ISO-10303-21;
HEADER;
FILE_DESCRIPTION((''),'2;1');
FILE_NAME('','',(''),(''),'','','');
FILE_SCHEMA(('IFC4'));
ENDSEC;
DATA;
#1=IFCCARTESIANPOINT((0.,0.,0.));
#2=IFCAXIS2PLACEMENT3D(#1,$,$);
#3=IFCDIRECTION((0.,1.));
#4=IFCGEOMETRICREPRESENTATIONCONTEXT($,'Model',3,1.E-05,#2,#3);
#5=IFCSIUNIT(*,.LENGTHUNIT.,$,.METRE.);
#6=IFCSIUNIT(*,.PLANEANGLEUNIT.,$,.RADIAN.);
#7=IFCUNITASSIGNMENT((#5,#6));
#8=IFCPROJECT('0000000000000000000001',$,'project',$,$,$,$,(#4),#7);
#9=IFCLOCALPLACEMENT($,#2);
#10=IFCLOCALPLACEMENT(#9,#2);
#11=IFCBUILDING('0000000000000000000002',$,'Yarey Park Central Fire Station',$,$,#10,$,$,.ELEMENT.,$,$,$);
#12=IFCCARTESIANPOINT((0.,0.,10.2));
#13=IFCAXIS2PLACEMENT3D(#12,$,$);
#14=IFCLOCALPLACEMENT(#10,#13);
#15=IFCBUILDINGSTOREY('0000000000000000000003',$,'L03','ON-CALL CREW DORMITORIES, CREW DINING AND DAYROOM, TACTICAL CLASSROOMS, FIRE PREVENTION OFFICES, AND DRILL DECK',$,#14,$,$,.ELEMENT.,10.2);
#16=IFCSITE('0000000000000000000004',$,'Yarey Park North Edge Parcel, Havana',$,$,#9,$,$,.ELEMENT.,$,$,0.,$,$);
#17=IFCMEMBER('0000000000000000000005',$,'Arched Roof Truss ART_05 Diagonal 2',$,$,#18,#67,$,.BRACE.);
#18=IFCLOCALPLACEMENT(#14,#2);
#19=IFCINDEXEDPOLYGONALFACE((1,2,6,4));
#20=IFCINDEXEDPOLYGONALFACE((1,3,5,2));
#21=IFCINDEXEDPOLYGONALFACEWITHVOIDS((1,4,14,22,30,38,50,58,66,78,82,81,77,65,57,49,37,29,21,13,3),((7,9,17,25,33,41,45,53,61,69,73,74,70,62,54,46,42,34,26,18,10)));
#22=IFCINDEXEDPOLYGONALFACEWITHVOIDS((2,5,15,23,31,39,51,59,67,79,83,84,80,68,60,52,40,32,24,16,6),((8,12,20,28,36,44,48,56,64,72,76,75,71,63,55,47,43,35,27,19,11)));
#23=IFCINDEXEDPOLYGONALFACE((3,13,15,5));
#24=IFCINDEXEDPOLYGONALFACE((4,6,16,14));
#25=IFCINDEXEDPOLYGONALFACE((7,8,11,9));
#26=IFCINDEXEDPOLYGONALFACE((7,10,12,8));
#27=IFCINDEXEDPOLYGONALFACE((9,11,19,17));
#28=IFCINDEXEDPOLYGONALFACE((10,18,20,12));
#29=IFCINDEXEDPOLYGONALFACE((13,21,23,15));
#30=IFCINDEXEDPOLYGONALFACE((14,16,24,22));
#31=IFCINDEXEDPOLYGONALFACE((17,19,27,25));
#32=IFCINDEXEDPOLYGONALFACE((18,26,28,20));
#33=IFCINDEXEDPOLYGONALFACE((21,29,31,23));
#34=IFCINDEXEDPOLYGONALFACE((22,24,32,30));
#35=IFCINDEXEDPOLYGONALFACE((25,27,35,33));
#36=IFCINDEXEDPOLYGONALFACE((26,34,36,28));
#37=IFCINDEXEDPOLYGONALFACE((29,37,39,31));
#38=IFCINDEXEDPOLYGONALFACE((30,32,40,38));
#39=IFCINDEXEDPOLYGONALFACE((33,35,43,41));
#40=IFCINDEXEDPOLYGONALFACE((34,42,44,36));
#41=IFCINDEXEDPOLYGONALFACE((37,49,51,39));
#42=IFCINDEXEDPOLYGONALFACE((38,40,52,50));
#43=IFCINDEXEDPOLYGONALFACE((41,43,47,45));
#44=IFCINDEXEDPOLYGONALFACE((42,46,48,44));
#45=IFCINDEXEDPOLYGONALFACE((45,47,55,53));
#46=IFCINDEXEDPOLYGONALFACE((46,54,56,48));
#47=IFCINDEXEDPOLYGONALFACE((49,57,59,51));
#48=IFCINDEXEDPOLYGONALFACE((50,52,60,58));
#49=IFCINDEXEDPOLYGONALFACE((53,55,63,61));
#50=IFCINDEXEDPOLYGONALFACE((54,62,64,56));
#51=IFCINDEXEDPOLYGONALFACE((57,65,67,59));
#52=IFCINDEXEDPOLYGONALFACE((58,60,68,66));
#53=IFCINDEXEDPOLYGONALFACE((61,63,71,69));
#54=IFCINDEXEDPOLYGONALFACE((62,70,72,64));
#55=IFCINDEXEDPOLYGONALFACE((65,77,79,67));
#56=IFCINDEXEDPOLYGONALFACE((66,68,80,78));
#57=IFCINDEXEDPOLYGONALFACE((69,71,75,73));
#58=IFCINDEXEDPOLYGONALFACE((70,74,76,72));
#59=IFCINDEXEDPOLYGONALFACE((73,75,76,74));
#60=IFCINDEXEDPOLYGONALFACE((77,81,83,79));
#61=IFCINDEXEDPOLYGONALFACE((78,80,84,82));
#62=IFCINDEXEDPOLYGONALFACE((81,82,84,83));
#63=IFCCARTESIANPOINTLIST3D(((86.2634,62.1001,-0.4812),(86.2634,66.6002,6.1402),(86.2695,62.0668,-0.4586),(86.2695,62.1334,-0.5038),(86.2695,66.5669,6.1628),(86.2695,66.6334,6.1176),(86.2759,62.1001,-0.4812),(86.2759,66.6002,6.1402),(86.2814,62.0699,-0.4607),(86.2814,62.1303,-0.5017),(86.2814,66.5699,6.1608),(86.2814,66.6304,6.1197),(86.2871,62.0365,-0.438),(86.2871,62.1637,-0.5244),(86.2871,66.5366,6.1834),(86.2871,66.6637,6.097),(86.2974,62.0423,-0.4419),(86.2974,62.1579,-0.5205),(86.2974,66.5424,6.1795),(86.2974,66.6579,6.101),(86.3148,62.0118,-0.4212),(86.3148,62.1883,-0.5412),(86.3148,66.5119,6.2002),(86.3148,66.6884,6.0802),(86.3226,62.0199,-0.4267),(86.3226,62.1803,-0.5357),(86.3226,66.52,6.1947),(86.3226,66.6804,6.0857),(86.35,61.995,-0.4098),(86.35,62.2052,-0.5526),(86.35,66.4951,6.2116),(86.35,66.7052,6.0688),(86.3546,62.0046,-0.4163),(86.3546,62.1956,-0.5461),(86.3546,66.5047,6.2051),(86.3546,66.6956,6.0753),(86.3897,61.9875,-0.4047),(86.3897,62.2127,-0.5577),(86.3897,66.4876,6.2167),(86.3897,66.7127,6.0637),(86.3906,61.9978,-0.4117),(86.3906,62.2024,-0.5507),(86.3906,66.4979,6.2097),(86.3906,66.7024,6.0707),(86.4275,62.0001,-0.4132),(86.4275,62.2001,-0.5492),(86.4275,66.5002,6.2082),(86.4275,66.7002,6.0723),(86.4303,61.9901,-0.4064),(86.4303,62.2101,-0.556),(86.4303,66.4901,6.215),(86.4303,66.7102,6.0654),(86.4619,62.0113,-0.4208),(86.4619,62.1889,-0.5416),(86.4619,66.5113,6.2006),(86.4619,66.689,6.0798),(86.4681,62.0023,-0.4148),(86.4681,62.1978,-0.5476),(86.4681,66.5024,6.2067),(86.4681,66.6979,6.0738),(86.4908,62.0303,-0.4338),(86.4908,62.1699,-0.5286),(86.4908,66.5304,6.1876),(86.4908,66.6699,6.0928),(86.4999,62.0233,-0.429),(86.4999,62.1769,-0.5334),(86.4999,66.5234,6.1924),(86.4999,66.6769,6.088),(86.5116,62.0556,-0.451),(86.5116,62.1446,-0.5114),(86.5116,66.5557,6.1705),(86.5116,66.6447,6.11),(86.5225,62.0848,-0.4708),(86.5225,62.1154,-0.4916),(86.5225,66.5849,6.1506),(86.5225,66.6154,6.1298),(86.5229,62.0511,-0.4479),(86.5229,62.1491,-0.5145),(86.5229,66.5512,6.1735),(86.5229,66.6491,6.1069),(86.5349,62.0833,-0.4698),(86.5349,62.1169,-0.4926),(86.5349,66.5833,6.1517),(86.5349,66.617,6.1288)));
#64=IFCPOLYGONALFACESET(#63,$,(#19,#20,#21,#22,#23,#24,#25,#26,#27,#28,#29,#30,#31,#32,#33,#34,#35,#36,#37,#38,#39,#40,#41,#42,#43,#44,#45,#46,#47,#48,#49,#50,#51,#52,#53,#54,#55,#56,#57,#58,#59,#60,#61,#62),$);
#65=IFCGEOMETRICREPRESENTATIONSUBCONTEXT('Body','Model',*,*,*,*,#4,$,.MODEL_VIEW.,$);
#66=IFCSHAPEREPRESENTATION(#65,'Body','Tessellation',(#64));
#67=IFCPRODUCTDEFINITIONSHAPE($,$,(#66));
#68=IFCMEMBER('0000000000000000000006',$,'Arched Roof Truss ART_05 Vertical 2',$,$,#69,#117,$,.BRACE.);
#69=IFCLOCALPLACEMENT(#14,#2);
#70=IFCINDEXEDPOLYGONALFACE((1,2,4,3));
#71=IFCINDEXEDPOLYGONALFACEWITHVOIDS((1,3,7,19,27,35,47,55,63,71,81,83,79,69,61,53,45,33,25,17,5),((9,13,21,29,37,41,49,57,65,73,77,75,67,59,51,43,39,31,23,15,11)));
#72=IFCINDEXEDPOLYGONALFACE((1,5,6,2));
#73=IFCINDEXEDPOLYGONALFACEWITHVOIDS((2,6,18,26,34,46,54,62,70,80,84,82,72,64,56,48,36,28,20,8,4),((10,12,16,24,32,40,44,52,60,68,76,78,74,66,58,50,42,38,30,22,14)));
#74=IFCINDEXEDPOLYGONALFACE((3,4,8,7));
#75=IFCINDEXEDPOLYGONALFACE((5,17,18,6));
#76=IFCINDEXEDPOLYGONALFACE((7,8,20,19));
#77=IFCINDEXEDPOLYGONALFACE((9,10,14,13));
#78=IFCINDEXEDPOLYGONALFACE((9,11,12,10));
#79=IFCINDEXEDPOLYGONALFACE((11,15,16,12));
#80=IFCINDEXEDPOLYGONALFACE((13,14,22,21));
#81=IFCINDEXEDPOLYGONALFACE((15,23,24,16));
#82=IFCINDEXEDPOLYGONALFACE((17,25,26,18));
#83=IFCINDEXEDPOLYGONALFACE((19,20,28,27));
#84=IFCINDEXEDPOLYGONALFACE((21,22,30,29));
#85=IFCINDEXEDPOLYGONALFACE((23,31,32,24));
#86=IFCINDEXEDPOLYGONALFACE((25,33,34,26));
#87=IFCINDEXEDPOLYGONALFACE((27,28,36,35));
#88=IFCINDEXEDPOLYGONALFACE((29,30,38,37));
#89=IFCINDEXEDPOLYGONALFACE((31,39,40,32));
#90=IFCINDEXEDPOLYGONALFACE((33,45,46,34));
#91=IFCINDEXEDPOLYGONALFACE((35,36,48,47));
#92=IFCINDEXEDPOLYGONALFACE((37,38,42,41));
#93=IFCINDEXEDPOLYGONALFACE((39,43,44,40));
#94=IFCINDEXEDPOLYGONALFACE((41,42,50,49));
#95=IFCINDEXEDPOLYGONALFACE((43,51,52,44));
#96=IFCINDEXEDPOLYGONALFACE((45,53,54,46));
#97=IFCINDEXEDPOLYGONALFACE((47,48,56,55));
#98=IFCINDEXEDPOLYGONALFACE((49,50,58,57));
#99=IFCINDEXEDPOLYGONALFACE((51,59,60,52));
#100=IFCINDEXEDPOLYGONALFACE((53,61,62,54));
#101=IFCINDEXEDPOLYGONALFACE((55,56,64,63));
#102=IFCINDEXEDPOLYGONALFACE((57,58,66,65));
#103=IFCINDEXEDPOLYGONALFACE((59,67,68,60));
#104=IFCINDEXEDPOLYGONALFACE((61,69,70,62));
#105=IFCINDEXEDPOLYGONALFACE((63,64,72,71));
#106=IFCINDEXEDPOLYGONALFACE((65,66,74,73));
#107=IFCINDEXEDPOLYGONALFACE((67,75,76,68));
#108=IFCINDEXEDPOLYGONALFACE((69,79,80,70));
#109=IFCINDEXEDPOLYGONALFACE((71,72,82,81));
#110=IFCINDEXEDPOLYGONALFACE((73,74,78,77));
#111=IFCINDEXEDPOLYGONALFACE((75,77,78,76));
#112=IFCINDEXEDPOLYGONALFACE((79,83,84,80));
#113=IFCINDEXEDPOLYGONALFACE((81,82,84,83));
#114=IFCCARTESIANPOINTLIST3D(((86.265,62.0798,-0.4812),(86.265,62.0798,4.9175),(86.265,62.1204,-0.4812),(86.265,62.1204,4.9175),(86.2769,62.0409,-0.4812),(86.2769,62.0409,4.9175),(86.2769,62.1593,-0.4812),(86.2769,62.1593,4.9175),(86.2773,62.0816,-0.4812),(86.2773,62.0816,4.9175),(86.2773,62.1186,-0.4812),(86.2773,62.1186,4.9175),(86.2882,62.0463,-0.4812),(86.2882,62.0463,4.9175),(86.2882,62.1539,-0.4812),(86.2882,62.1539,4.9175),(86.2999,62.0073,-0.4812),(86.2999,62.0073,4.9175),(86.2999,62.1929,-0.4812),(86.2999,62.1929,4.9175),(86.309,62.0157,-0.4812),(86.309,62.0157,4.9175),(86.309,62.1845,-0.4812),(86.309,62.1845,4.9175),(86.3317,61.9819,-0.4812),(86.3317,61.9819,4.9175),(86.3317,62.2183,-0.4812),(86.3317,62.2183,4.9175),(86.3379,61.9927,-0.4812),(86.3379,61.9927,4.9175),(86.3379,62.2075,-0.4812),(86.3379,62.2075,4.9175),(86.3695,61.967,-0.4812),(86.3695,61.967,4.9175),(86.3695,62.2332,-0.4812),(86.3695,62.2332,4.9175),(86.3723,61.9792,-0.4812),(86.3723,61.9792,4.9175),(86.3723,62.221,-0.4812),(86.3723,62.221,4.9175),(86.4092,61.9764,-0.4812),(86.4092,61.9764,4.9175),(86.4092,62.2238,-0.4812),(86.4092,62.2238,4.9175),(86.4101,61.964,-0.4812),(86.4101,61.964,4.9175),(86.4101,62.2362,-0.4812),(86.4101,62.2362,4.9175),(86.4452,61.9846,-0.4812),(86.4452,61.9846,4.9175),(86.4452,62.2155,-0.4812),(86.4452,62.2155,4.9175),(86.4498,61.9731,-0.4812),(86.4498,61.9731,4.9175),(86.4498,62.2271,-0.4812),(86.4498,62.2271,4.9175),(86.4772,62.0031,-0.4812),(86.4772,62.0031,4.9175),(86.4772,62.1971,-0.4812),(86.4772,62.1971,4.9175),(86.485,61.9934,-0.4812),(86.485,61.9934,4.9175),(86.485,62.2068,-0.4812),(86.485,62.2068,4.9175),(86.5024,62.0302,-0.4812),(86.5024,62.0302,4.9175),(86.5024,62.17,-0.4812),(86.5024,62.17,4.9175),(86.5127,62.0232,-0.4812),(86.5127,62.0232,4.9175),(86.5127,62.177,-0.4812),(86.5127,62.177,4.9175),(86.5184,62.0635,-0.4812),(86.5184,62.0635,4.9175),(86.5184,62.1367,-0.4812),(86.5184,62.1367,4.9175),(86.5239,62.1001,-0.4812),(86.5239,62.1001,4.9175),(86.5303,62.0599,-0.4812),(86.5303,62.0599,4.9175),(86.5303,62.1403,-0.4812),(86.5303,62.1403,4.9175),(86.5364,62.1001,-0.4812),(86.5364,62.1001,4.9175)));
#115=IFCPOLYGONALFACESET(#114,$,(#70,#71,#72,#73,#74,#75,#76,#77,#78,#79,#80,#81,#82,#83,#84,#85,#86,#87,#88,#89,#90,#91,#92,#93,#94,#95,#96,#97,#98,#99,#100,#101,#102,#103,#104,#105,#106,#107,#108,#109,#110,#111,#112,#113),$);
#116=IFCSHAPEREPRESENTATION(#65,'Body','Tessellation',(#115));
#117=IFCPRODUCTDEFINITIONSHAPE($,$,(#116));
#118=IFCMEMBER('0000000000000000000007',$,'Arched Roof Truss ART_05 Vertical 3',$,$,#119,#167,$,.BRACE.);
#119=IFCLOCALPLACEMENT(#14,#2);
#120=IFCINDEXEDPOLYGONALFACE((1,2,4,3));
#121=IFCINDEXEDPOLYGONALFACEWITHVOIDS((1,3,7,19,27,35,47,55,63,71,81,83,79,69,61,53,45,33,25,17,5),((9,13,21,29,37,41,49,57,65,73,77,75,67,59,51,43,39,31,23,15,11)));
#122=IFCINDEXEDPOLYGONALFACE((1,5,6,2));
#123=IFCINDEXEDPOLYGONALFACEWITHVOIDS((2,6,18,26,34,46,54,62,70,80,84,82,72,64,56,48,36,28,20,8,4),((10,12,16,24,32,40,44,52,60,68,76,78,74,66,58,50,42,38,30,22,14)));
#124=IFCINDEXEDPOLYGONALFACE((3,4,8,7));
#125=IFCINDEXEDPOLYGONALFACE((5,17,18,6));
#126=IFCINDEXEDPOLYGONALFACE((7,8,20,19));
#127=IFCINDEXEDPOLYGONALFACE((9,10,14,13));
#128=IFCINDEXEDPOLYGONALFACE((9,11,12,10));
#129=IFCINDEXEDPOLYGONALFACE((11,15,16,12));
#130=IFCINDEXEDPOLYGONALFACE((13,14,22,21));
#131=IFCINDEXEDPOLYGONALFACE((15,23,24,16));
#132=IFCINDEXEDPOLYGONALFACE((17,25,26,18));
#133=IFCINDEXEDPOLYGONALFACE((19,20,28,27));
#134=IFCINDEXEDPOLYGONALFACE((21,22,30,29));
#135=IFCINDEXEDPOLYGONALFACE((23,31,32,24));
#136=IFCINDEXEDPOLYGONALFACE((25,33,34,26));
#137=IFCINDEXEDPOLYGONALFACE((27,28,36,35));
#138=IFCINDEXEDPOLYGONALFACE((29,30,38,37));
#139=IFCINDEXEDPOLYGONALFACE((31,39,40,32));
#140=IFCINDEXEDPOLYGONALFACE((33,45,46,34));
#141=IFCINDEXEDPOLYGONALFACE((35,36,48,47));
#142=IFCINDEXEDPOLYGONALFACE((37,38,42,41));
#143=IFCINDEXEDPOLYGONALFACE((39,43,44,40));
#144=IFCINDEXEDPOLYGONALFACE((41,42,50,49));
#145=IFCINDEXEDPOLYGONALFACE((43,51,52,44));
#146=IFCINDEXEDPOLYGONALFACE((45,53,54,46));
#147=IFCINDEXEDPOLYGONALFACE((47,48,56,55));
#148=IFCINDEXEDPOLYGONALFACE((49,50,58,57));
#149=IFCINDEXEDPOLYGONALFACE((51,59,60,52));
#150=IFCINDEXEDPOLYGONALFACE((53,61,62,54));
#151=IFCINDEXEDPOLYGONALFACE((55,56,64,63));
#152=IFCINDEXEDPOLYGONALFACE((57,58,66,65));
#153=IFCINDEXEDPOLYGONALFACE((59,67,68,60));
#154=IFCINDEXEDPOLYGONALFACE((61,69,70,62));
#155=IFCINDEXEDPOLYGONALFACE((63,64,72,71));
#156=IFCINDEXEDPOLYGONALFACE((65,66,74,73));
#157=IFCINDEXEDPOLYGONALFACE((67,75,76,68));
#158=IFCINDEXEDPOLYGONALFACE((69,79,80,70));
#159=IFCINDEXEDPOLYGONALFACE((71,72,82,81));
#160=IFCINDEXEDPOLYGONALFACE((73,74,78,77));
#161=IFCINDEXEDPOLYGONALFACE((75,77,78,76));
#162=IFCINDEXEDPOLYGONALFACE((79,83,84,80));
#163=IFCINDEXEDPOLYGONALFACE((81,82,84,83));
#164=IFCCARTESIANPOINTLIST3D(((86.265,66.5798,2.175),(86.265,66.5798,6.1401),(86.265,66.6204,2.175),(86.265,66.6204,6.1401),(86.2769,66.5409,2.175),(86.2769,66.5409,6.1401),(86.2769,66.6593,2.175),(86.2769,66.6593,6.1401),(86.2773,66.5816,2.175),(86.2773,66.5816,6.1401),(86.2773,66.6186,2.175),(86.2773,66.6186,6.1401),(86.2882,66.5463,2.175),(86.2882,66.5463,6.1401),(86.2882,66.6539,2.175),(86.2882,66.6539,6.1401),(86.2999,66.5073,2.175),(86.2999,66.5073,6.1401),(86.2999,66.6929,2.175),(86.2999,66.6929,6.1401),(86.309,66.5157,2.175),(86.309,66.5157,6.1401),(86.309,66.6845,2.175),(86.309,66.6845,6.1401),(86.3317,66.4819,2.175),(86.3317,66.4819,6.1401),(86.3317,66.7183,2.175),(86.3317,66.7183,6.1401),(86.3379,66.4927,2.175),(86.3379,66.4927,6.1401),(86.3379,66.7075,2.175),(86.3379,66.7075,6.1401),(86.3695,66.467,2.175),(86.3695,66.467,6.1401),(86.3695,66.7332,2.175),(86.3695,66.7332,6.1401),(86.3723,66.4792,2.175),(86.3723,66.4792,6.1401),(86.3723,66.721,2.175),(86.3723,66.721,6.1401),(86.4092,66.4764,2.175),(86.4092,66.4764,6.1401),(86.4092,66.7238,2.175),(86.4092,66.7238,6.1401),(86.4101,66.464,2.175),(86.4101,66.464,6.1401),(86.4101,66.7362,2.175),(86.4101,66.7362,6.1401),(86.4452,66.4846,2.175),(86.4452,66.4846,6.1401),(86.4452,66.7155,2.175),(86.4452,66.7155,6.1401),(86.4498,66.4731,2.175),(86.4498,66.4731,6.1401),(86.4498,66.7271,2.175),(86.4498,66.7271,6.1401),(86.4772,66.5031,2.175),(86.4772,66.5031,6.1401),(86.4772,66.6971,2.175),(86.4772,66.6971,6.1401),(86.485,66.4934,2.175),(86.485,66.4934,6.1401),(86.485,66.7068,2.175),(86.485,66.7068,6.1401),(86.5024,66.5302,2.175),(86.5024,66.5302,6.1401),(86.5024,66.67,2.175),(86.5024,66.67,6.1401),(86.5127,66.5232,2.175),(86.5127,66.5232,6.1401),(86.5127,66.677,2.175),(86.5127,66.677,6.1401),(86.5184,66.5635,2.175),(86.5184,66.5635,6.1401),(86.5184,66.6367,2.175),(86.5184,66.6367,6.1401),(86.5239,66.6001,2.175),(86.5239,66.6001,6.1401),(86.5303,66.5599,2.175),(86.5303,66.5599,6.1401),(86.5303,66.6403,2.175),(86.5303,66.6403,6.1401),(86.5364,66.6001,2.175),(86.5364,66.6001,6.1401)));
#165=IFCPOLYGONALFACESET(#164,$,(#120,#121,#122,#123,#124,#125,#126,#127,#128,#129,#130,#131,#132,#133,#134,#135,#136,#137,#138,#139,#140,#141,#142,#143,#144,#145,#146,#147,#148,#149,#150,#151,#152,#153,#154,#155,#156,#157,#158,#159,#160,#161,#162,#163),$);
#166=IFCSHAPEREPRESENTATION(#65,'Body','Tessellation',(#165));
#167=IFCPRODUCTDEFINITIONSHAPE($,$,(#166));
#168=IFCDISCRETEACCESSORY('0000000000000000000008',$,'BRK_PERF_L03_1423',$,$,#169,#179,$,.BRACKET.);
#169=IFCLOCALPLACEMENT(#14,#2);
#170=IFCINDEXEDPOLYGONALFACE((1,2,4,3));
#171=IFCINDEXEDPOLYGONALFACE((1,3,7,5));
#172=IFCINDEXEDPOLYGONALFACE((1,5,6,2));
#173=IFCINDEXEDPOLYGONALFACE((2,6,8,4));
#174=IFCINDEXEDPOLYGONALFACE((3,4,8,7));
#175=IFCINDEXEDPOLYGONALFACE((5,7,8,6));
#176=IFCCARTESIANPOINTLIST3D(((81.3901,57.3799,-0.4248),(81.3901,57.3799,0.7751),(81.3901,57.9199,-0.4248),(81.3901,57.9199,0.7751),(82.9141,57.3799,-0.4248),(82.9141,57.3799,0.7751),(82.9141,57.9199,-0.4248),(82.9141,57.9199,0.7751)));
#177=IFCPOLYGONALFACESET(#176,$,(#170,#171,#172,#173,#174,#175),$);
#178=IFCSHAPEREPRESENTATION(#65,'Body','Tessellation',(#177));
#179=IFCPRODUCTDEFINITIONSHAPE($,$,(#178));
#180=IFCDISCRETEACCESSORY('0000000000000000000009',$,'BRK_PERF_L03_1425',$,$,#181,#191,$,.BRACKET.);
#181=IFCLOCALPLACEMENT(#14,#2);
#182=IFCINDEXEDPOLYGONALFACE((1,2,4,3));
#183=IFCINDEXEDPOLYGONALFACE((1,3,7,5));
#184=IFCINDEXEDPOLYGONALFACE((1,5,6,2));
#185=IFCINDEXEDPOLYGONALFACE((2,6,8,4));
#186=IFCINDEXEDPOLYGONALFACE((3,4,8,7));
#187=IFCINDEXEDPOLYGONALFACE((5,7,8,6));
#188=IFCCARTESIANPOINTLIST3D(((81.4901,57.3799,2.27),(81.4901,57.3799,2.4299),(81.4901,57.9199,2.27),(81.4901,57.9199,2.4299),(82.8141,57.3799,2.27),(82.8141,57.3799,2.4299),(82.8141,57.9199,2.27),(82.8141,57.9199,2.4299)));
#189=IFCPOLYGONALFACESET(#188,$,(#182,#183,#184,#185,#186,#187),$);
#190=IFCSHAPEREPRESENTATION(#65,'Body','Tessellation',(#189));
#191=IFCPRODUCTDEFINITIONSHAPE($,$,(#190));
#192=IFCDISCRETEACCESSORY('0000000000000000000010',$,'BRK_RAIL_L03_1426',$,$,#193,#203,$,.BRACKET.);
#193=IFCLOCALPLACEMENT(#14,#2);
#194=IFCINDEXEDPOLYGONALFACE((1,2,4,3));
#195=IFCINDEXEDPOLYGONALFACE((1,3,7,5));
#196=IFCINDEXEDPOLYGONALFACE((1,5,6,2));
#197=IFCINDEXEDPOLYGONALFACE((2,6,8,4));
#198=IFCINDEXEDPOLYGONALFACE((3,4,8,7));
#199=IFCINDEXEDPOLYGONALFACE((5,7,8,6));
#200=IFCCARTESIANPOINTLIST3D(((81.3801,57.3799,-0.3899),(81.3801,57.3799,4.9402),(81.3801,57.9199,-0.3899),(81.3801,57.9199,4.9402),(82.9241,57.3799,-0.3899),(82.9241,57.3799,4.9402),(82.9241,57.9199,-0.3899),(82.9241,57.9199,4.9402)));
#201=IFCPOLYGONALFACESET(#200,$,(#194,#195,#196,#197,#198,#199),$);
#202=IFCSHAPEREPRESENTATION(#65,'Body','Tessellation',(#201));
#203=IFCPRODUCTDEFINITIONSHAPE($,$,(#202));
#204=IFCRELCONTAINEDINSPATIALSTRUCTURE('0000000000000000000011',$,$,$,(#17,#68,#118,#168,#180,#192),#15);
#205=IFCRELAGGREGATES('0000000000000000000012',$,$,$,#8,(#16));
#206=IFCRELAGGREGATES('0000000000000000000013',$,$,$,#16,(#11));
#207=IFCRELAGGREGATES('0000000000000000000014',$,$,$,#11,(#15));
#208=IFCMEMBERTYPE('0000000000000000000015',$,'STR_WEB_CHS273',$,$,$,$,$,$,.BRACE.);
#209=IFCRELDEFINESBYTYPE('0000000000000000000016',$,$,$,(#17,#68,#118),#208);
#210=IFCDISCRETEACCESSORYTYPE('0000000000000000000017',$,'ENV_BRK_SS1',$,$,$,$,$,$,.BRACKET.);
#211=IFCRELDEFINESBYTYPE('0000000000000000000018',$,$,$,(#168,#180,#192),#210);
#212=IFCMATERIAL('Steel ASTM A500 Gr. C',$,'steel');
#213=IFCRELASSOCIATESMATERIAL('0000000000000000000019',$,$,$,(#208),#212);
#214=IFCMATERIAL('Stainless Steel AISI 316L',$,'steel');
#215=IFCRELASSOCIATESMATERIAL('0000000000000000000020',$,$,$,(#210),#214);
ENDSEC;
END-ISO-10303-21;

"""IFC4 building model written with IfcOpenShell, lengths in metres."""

from ifc_helpers import new_model, si_unit, direction, frame, origin, origin_2d, place, context, subcontext, project, spatial, rectangle, hollow_circle, extrude, material, material_profile, profile_set, type_object, element, save


model = new_model("IFC4")

# Units and contexts
model_context = context("Model", 3, precision=1e-05, world=origin(), true_north=direction((0.0, 1.0)))
body_context = subcontext(model_context, "Body", "Model", "MODEL_VIEW")
ifc_project = project(units=[si_unit("LENGTHUNIT", "METRE"), si_unit("PLANEANGLEUNIT", "RADIAN")], contexts=[model_context])

# Site, building, storey
site_placement = place(None, origin())
site = spatial("IfcSite", under=ifc_project, at=site_placement, Name="Yarey Park North Edge Parcel, Havana", CompositionType="ELEMENT", RefElevation=0.0)
building_placement = place(site_placement, origin())
building = spatial("IfcBuilding", under=site, at=building_placement, Name="Yarey Park Central Fire Station", CompositionType="ELEMENT")
storey_placement = place(building_placement, frame((0.0, 0.0, 10.2)))
storey = spatial("IfcBuildingStorey", under=building, at=storey_placement, Name="L03", Description="ON-CALL CREW DORMITORIES, CREW DINING AND DAYROOM, TACTICAL CLASSROOMS, FIRE PREVENTION OFFICES, AND DRILL DECK", CompositionType="ELEMENT", Elevation=10.2)

# Members
ifc_material_1 = material(Name="Steel ASTM A500 Gr. C", Category="steel")
ifc_material_profile_1 = material_profile(ifc_material_1, hollow_circle(Radius=0.1365, WallThickness=0.0125, at=origin_2d()), Name="CHS 273x12.5")
ifc_profile_set_1 = profile_set([ifc_material_profile_1], Name="Steel ASTM A500 Gr. C")
member_type_1 = type_object("IfcMemberType", Name="STR_WEB_CHS273", PredefinedType="BRACE", material=ifc_profile_set_1)
member_1_placement = place(storey_placement, frame((86.3999, 62.1001, -0.4812), z_axis=(0.0, 0.562096, 0.827072), x_axis=(-1.0, 0.0, 0.0)))
element("IfcMember", 1, at=member_1_placement, inside=storey, type_object=member_type_1, Name="Arched Roof Truss ART_05 Diagonal 2", PredefinedType="BRACE", context=body_context, shape_type="SweptSolid", body=[
    extrude(hollow_circle(Radius=0.1365, WallThickness=0.0125, at=origin_2d()), origin(), (0.0, 0.0, 1.0), 8.0059),
])
member_2_placement = place(storey_placement, frame((86.3999, 62.1001, -0.4812), z_axis=(0.0, 0.0, 1.0), x_axis=(1.0, 0.0, 0.0)))
element("IfcMember", 2, at=member_2_placement, inside=storey, type_object=member_type_1, Name="Arched Roof Truss ART_05 Vertical 2", PredefinedType="BRACE", context=body_context, shape_type="SweptSolid", body=[
    extrude(hollow_circle(Radius=0.1365, WallThickness=0.0125, at=origin_2d()), origin(), (0.0, 0.0, 1.0), 5.3987),
])
member_3_placement = place(storey_placement, frame((86.3999, 66.6001, 2.175), z_axis=(0.0, 0.0, 1.0), x_axis=(1.0, 0.0, 0.0)))
element("IfcMember", 3, at=member_3_placement, inside=storey, type_object=member_type_1, Name="Arched Roof Truss ART_05 Vertical 3", PredefinedType="BRACE", context=body_context, shape_type="SweptSolid", body=[
    extrude(hollow_circle(Radius=0.1365, WallThickness=0.0125, at=origin_2d()), origin(), (0.0, 0.0, 1.0), 3.9651),
])

# Discrete accessories
ifc_material_2 = material(Name="Stainless Steel AISI 316L", Category="steel")
discrete_accessory_type = type_object("IfcDiscreteAccessoryType", Name="ENV_BRK_SS1", PredefinedType="BRACKET", material=ifc_material_2)
discrete_accessory_1_placement = place(storey_placement, frame((82.1521, 57.6499, -0.4248), z_axis=(0.0, 0.0, 1.0), x_axis=(1.0, 0.0, 0.0)))
element("IfcDiscreteAccessory", 4, at=discrete_accessory_1_placement, inside=storey, type_object=discrete_accessory_type, Name="BRK_PERF_L03_1423", PredefinedType="BRACKET", context=body_context, shape_type="SweptSolid", body=[
    extrude(rectangle(XDim=1.5239, YDim=0.54, at=origin_2d()), origin(), (0.0, 0.0, 1.0), 1.2),
])
discrete_accessory_2_placement = place(storey_placement, frame((82.1521, 57.6499, 2.27), z_axis=(0.0, 0.0, 1.0), x_axis=(1.0, 0.0, 0.0)))
element("IfcDiscreteAccessory", 5, at=discrete_accessory_2_placement, inside=storey, type_object=discrete_accessory_type, Name="BRK_PERF_L03_1425", PredefinedType="BRACKET", context=body_context, shape_type="SweptSolid", body=[
    extrude(rectangle(XDim=1.324, YDim=0.54, at=origin_2d()), origin(), (0.0, 0.0, 1.0), 0.1599),
])
discrete_accessory_3_placement = place(storey_placement, frame((82.1521, 57.6499, -0.3899), z_axis=(0.0, 0.0, 1.0), x_axis=(1.0, 0.0, 0.0)))
element("IfcDiscreteAccessory", 6, at=discrete_accessory_3_placement, inside=storey, type_object=discrete_accessory_type, Name="BRK_RAIL_L03_1426", PredefinedType="BRACKET", context=body_context, shape_type="SweptSolid", body=[
    extrude(rectangle(XDim=1.5439, YDim=0.54, at=origin_2d()), origin(), (0.0, 0.0, 1.0), 5.3301),
])

save(model, "model.ifc")
